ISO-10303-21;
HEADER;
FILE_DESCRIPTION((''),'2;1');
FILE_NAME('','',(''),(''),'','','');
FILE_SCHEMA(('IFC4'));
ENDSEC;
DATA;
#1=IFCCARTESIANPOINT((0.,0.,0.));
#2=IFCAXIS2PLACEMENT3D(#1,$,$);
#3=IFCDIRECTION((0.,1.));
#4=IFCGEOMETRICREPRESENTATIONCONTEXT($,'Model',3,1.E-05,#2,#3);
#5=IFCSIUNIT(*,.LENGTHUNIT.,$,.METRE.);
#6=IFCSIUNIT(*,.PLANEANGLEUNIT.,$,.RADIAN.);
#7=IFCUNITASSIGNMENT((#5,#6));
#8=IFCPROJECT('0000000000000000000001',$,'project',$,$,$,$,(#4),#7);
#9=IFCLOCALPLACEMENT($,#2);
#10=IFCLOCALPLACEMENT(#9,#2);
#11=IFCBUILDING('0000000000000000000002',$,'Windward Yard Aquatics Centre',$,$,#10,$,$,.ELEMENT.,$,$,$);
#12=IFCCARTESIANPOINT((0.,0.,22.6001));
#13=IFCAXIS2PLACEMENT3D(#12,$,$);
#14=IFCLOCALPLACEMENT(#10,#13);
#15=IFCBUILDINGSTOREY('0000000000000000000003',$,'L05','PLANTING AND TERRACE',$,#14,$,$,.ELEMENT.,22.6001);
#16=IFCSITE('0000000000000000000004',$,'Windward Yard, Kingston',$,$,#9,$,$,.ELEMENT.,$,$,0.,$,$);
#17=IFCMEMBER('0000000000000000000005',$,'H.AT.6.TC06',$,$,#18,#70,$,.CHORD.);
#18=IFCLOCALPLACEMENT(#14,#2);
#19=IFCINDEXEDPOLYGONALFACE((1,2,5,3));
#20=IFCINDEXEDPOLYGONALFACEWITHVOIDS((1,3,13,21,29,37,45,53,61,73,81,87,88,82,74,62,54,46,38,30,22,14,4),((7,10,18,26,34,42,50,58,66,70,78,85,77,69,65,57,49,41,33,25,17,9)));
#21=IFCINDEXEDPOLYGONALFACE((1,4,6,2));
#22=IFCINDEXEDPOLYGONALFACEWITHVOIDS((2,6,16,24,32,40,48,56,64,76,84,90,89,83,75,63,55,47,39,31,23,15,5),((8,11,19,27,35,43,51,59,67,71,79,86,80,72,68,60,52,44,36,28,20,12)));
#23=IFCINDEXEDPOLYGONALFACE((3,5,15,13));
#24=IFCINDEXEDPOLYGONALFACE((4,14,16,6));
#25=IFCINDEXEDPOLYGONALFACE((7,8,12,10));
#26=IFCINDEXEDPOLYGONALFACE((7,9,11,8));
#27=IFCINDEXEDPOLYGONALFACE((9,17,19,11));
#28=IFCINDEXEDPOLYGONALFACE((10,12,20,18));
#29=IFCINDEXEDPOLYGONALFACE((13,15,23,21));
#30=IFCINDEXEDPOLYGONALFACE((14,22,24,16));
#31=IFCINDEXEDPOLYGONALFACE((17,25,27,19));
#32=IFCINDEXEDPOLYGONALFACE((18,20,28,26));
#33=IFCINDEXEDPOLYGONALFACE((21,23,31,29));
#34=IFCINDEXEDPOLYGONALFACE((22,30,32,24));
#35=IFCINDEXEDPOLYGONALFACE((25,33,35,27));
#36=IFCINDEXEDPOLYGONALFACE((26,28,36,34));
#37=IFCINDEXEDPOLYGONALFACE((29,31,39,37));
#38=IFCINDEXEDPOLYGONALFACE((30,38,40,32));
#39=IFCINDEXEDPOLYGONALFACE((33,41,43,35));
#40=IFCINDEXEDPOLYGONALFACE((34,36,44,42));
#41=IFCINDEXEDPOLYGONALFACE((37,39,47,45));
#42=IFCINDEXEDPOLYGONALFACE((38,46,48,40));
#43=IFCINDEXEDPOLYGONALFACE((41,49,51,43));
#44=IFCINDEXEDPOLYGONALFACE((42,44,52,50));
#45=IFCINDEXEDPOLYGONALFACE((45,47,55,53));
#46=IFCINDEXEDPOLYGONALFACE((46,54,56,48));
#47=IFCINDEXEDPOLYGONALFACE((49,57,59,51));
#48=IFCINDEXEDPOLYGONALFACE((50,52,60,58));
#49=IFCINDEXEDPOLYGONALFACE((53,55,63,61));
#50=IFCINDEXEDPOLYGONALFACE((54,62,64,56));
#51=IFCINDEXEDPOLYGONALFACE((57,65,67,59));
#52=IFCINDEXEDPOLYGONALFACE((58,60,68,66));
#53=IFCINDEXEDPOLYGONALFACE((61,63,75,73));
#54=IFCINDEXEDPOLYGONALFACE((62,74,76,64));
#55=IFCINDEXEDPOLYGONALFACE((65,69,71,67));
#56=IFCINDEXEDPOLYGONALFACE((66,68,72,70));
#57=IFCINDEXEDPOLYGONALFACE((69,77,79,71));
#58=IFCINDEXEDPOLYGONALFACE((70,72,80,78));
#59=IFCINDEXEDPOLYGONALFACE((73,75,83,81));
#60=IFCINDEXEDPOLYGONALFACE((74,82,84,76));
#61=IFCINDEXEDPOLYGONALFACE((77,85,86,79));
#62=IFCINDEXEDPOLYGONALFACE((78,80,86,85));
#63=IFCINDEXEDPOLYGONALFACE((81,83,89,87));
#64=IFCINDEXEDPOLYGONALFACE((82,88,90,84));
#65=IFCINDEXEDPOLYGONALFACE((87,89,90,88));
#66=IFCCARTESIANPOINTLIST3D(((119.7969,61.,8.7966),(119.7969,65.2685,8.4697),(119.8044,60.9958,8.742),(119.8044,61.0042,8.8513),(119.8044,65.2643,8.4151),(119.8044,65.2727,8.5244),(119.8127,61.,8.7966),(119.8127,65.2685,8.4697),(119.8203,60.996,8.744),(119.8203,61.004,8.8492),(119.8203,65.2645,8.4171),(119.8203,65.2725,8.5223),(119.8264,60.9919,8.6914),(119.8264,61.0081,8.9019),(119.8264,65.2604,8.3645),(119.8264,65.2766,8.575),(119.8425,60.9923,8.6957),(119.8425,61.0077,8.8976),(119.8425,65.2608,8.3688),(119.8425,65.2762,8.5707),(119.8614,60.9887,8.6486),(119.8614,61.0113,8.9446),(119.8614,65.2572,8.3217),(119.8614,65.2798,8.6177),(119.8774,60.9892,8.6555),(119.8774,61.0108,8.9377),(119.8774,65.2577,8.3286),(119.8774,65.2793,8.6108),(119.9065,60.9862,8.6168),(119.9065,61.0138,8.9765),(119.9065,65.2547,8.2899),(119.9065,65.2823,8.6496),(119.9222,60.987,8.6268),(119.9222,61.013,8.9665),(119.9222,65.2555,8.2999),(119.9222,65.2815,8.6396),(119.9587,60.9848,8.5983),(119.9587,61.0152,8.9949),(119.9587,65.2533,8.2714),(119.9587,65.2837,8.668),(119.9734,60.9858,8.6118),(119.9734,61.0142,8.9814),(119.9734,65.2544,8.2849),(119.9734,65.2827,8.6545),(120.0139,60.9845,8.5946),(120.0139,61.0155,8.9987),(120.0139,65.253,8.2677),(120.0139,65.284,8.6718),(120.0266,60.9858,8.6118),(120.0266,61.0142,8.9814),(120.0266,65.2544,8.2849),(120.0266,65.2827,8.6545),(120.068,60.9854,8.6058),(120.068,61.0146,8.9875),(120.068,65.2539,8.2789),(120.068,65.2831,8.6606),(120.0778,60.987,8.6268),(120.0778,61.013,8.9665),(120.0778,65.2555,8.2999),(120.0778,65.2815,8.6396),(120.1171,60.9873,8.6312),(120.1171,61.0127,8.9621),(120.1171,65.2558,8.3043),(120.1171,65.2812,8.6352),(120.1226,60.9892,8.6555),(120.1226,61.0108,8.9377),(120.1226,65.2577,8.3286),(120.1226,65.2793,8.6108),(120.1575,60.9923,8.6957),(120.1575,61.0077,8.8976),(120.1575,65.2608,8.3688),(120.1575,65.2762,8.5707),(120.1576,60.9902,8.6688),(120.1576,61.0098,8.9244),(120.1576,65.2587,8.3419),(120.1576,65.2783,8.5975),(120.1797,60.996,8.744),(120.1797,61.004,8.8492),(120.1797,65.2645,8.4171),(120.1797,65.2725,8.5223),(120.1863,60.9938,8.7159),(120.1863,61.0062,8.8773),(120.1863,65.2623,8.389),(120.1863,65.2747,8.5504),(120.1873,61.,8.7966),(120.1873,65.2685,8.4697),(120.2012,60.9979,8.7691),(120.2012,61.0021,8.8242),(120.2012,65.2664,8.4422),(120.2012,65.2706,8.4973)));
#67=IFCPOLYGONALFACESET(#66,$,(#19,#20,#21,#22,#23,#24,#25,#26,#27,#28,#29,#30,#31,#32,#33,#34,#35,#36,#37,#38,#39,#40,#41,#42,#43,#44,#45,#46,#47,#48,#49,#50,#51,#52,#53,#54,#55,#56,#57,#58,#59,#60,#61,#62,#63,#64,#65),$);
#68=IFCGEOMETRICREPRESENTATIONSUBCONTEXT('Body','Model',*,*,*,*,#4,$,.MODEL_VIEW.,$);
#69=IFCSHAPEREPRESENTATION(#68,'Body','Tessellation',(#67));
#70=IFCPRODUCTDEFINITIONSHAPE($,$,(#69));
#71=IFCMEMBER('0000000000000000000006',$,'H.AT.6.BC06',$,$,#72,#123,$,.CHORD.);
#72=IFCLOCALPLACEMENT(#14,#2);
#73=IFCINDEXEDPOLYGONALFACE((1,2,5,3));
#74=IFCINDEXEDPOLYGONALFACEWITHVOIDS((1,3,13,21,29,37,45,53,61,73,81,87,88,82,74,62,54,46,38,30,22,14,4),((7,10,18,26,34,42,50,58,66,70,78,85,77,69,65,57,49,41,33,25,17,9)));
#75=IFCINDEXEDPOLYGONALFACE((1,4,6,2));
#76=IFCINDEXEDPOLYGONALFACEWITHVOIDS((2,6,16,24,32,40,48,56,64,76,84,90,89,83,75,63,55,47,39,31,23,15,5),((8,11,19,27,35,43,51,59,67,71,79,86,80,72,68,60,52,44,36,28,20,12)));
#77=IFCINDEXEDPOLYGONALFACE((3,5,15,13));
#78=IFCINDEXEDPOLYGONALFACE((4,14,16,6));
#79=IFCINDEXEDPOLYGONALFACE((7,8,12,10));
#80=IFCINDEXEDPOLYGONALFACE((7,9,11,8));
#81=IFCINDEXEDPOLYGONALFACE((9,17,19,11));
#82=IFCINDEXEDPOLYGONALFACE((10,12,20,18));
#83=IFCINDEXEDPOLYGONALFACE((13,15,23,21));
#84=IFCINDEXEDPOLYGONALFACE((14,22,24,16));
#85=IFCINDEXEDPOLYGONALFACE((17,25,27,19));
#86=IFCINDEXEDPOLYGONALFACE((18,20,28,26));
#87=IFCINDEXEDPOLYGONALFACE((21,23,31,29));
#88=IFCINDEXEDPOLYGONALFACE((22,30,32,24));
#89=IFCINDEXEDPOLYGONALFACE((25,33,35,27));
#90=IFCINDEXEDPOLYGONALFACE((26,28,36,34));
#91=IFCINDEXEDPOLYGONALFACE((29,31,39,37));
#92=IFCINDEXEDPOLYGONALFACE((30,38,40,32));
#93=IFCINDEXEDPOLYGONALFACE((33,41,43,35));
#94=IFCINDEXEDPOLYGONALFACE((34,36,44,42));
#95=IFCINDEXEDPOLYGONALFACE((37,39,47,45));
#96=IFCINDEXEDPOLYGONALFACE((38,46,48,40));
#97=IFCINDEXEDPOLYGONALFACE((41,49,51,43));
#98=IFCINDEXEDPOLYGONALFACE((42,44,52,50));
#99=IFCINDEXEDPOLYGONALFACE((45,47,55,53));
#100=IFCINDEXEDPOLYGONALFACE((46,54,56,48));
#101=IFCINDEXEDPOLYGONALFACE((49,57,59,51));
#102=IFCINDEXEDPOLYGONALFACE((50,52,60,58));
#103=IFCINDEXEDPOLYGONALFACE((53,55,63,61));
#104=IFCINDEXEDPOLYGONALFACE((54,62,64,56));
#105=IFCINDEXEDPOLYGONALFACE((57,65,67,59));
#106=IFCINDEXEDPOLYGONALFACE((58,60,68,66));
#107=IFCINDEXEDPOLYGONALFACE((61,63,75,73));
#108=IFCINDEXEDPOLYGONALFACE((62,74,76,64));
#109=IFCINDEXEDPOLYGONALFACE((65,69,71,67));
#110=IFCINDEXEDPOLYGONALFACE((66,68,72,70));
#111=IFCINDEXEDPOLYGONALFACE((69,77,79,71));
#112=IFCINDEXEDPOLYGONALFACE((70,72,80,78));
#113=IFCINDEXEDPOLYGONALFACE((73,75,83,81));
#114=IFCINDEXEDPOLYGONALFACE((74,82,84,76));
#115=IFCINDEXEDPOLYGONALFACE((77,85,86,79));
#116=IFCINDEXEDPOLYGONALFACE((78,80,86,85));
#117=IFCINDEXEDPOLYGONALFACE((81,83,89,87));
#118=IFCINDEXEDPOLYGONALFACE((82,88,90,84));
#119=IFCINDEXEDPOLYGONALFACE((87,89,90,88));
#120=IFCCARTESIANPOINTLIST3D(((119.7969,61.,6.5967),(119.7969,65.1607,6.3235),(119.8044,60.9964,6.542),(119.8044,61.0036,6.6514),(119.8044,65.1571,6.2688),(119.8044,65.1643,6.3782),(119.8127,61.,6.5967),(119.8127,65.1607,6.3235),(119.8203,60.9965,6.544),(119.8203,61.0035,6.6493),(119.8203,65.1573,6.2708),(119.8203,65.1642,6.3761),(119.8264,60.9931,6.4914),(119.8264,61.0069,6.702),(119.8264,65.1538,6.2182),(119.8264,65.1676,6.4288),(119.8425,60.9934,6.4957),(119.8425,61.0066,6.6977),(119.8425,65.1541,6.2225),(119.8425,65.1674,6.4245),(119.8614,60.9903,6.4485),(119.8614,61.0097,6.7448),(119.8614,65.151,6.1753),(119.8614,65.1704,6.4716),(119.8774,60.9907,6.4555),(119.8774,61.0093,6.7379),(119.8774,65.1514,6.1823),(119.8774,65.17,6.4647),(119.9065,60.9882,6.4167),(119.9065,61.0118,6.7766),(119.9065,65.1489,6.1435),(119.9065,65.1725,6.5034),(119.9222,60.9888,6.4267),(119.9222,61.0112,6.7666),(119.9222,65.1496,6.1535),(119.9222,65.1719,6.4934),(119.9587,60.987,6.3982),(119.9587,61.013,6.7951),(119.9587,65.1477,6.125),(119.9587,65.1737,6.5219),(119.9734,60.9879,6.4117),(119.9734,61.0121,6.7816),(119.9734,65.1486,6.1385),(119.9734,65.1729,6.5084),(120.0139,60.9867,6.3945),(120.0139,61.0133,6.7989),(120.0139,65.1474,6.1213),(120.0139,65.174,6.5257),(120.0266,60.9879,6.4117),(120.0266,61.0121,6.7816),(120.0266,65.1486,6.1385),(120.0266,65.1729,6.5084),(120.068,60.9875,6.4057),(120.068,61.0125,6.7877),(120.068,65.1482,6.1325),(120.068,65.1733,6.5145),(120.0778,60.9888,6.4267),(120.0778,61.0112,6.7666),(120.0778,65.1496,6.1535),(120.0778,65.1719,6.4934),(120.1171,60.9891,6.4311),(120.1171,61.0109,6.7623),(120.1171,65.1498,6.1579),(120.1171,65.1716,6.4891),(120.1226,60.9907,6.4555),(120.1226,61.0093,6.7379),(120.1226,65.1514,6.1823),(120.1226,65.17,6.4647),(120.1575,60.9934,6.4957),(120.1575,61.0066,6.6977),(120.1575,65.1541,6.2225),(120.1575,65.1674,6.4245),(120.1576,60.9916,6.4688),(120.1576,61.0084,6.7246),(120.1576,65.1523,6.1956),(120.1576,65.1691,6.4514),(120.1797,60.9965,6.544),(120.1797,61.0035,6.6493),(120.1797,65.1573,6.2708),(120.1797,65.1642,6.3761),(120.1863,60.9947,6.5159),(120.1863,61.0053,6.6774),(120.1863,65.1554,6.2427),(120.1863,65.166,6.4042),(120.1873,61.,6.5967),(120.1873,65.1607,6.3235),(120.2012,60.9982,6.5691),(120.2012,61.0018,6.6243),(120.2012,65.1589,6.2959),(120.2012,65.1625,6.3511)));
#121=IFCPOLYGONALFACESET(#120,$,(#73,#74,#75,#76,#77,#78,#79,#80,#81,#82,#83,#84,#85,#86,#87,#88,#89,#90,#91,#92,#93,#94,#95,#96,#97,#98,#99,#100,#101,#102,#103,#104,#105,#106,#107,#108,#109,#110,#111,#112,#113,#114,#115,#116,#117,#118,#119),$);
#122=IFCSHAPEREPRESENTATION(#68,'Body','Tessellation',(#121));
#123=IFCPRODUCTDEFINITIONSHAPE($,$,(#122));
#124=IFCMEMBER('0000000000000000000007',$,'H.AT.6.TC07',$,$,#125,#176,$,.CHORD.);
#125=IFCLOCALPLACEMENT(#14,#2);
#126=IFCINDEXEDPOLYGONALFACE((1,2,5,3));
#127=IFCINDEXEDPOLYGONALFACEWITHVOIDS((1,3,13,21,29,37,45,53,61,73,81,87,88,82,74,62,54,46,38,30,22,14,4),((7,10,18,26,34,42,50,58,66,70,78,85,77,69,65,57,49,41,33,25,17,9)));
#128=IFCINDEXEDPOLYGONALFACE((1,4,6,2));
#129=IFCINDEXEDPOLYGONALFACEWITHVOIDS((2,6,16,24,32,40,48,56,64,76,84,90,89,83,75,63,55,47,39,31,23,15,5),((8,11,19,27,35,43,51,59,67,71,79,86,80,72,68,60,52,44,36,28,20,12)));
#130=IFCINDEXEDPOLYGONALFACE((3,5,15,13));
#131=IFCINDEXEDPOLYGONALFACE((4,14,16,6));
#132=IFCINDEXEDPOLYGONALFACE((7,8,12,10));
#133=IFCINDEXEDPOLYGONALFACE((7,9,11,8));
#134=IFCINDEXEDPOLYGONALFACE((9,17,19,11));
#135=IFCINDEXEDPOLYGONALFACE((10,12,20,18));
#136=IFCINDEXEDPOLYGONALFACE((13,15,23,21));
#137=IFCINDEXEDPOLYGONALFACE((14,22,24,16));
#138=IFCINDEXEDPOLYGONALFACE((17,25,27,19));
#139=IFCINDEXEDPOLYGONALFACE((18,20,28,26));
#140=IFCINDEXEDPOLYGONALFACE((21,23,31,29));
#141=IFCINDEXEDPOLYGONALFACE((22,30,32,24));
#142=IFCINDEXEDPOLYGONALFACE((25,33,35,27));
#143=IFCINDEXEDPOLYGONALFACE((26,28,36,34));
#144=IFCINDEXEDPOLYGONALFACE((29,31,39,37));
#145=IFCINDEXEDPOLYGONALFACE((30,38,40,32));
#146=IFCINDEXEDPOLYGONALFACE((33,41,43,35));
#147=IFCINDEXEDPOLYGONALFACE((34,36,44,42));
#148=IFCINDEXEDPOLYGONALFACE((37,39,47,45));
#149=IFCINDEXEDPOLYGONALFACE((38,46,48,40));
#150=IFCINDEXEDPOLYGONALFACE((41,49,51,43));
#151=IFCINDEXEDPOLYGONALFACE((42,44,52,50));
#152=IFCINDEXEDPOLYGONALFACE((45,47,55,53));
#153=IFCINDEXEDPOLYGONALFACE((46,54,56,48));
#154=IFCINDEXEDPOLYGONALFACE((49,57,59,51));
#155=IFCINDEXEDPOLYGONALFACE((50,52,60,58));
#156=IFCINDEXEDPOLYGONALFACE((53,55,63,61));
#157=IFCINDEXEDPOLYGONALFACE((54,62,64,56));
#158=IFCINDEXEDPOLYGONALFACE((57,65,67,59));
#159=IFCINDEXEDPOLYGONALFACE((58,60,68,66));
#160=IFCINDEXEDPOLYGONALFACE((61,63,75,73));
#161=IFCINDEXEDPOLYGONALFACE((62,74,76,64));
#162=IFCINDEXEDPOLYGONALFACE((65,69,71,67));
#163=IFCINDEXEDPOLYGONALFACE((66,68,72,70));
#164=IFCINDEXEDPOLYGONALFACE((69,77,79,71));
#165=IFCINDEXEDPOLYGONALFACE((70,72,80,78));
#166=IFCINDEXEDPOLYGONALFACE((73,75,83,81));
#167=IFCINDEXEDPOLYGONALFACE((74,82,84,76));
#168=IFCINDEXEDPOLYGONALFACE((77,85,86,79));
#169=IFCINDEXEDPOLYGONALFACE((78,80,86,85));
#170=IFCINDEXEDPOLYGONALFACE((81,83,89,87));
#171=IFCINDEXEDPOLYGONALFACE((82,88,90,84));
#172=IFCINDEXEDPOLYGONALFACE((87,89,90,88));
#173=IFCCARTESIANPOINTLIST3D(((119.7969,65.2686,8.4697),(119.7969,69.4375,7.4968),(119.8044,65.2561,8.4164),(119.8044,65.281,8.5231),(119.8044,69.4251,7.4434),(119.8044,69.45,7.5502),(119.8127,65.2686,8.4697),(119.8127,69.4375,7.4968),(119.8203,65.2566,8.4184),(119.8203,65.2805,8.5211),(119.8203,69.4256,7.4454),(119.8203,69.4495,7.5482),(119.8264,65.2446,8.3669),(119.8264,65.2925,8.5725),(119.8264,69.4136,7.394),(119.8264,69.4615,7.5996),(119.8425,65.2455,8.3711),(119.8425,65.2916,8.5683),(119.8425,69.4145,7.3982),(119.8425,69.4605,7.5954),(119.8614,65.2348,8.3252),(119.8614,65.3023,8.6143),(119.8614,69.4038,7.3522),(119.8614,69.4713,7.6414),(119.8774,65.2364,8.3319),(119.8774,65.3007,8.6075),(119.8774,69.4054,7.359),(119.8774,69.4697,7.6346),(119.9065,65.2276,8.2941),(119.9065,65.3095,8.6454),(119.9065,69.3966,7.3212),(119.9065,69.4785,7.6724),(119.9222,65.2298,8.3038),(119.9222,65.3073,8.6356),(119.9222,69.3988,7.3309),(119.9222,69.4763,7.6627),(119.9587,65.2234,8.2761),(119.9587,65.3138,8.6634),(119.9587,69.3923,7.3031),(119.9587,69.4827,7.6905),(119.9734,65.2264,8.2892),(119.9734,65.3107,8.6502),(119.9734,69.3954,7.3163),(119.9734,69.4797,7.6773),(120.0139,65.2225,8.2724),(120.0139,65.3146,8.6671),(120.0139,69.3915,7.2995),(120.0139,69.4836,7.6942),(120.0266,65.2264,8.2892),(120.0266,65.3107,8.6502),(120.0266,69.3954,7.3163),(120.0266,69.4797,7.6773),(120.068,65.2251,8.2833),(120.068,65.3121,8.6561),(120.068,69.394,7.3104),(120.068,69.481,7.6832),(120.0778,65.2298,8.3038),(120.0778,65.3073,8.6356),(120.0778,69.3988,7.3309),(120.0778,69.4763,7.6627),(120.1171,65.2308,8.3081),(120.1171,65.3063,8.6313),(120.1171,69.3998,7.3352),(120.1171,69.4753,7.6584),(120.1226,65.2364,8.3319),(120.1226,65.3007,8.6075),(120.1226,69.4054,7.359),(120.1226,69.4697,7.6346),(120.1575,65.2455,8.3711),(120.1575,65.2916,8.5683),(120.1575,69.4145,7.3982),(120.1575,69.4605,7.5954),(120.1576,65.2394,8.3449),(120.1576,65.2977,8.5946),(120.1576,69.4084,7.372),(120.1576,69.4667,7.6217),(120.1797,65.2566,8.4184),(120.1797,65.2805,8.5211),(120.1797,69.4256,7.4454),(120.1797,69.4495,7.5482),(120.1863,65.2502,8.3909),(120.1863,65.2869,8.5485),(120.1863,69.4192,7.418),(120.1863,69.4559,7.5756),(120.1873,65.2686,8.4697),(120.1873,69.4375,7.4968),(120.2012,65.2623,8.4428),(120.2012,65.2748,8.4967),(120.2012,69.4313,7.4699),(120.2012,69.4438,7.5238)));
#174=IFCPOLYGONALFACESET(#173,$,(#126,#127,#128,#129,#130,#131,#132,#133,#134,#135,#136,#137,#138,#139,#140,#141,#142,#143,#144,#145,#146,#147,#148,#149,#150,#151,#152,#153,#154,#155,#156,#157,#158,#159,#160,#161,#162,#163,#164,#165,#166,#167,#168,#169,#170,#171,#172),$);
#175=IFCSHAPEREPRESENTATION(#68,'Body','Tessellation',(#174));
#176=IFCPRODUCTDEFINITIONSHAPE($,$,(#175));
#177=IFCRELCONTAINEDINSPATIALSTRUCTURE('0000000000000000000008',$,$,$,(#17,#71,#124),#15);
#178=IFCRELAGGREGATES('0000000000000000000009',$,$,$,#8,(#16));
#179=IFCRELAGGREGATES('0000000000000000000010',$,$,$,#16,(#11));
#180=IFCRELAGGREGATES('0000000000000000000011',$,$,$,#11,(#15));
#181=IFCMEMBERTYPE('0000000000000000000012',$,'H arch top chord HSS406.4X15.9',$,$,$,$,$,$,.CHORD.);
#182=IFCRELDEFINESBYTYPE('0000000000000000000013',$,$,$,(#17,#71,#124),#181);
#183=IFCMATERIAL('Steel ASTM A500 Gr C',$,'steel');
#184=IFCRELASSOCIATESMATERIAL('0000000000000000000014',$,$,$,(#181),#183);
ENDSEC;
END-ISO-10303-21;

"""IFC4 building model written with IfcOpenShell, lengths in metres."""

from ifc_helpers import new_model, si_unit, direction, frame, origin, origin_2d, place, context, subcontext, project, spatial, hollow_circle, extrude, material, material_profile, profile_set, type_object, element, save


model = new_model("IFC4")

# Units and contexts
model_context = context("Model", 3, precision=1e-05, world=origin(), true_north=direction((0.0, 1.0)))
body_context = subcontext(model_context, "Body", "Model", "MODEL_VIEW")
ifc_project = project(units=[si_unit("LENGTHUNIT", "METRE"), si_unit("PLANEANGLEUNIT", "RADIAN")], contexts=[model_context])

# Site, building, storey
site_placement = place(None, origin())
site = spatial("IfcSite", under=ifc_project, at=site_placement, Name="Windward Yard, Kingston", CompositionType="ELEMENT", RefElevation=0.0)
building_placement = place(site_placement, origin())
building = spatial("IfcBuilding", under=site, at=building_placement, Name="Windward Yard Aquatics Centre", CompositionType="ELEMENT")
storey_placement = place(building_placement, frame((0.0, 0.0, 22.6001)))
storey = spatial("IfcBuildingStorey", under=building, at=storey_placement, Name="L05", Description="PLANTING AND TERRACE", CompositionType="ELEMENT", Elevation=22.6001)

# Members
ifc_material_1 = material(Name="Steel ASTM A500 Gr C", Category="steel")
ifc_material_profile_1 = material_profile(ifc_material_1, hollow_circle(Radius=0.2031, WallThickness=0.0159, at=origin_2d()), Name="HSS406.4X15.9")
ifc_profile_set_1 = profile_set([ifc_material_profile_1], Name="Steel ASTM A500 Gr C")
member_type_1 = type_object("IfcMemberType", Name="H arch top chord HSS406.4X15.9", PredefinedType="CHORD", material=ifc_profile_set_1)
member_1_placement = place(storey_placement, frame((120.0, 61.0, 8.7966), z_axis=(0.0, 0.99708, -0.076361), x_axis=(-1.0, 0.0, 0.0)))
element("IfcMember", 1, at=member_1_placement, inside=storey, type_object=member_type_1, Name="H.AT.6.TC06", PredefinedType="CHORD", context=body_context, shape_type="SweptSolid", body=[
    extrude(hollow_circle(Radius=0.2031, WallThickness=0.0159, at=origin_2d()), origin(), (0.0, 0.0, 1.0), 4.281),
])
member_2_placement = place(storey_placement, frame((120.0, 61.0, 6.5967), z_axis=(0.0, 0.997851, -0.06552), x_axis=(-1.0, 0.0, 0.0)))
element("IfcMember", 2, at=member_2_placement, inside=storey, type_object=member_type_1, Name="H.AT.6.BC06", PredefinedType="CHORD", context=body_context, shape_type="SweptSolid", body=[
    extrude(hollow_circle(Radius=0.2031, WallThickness=0.0159, at=origin_2d()), origin(), (0.0, 0.0, 1.0), 4.1697),
])
member_3_placement = place(storey_placement, frame((120.0, 65.2686, 8.4697), z_axis=(0.0, 0.973834, -0.227262), x_axis=(-1.0, 0.0, 0.0)))
element("IfcMember", 3, at=member_3_placement, inside=storey, type_object=member_type_1, Name="H.AT.6.TC07", PredefinedType="CHORD", context=body_context, shape_type="SweptSolid", body=[
    extrude(hollow_circle(Radius=0.2031, WallThickness=0.0159, at=origin_2d()), origin(), (0.0, 0.0, 1.0), 4.281),
])

save(model, "model.ifc")
